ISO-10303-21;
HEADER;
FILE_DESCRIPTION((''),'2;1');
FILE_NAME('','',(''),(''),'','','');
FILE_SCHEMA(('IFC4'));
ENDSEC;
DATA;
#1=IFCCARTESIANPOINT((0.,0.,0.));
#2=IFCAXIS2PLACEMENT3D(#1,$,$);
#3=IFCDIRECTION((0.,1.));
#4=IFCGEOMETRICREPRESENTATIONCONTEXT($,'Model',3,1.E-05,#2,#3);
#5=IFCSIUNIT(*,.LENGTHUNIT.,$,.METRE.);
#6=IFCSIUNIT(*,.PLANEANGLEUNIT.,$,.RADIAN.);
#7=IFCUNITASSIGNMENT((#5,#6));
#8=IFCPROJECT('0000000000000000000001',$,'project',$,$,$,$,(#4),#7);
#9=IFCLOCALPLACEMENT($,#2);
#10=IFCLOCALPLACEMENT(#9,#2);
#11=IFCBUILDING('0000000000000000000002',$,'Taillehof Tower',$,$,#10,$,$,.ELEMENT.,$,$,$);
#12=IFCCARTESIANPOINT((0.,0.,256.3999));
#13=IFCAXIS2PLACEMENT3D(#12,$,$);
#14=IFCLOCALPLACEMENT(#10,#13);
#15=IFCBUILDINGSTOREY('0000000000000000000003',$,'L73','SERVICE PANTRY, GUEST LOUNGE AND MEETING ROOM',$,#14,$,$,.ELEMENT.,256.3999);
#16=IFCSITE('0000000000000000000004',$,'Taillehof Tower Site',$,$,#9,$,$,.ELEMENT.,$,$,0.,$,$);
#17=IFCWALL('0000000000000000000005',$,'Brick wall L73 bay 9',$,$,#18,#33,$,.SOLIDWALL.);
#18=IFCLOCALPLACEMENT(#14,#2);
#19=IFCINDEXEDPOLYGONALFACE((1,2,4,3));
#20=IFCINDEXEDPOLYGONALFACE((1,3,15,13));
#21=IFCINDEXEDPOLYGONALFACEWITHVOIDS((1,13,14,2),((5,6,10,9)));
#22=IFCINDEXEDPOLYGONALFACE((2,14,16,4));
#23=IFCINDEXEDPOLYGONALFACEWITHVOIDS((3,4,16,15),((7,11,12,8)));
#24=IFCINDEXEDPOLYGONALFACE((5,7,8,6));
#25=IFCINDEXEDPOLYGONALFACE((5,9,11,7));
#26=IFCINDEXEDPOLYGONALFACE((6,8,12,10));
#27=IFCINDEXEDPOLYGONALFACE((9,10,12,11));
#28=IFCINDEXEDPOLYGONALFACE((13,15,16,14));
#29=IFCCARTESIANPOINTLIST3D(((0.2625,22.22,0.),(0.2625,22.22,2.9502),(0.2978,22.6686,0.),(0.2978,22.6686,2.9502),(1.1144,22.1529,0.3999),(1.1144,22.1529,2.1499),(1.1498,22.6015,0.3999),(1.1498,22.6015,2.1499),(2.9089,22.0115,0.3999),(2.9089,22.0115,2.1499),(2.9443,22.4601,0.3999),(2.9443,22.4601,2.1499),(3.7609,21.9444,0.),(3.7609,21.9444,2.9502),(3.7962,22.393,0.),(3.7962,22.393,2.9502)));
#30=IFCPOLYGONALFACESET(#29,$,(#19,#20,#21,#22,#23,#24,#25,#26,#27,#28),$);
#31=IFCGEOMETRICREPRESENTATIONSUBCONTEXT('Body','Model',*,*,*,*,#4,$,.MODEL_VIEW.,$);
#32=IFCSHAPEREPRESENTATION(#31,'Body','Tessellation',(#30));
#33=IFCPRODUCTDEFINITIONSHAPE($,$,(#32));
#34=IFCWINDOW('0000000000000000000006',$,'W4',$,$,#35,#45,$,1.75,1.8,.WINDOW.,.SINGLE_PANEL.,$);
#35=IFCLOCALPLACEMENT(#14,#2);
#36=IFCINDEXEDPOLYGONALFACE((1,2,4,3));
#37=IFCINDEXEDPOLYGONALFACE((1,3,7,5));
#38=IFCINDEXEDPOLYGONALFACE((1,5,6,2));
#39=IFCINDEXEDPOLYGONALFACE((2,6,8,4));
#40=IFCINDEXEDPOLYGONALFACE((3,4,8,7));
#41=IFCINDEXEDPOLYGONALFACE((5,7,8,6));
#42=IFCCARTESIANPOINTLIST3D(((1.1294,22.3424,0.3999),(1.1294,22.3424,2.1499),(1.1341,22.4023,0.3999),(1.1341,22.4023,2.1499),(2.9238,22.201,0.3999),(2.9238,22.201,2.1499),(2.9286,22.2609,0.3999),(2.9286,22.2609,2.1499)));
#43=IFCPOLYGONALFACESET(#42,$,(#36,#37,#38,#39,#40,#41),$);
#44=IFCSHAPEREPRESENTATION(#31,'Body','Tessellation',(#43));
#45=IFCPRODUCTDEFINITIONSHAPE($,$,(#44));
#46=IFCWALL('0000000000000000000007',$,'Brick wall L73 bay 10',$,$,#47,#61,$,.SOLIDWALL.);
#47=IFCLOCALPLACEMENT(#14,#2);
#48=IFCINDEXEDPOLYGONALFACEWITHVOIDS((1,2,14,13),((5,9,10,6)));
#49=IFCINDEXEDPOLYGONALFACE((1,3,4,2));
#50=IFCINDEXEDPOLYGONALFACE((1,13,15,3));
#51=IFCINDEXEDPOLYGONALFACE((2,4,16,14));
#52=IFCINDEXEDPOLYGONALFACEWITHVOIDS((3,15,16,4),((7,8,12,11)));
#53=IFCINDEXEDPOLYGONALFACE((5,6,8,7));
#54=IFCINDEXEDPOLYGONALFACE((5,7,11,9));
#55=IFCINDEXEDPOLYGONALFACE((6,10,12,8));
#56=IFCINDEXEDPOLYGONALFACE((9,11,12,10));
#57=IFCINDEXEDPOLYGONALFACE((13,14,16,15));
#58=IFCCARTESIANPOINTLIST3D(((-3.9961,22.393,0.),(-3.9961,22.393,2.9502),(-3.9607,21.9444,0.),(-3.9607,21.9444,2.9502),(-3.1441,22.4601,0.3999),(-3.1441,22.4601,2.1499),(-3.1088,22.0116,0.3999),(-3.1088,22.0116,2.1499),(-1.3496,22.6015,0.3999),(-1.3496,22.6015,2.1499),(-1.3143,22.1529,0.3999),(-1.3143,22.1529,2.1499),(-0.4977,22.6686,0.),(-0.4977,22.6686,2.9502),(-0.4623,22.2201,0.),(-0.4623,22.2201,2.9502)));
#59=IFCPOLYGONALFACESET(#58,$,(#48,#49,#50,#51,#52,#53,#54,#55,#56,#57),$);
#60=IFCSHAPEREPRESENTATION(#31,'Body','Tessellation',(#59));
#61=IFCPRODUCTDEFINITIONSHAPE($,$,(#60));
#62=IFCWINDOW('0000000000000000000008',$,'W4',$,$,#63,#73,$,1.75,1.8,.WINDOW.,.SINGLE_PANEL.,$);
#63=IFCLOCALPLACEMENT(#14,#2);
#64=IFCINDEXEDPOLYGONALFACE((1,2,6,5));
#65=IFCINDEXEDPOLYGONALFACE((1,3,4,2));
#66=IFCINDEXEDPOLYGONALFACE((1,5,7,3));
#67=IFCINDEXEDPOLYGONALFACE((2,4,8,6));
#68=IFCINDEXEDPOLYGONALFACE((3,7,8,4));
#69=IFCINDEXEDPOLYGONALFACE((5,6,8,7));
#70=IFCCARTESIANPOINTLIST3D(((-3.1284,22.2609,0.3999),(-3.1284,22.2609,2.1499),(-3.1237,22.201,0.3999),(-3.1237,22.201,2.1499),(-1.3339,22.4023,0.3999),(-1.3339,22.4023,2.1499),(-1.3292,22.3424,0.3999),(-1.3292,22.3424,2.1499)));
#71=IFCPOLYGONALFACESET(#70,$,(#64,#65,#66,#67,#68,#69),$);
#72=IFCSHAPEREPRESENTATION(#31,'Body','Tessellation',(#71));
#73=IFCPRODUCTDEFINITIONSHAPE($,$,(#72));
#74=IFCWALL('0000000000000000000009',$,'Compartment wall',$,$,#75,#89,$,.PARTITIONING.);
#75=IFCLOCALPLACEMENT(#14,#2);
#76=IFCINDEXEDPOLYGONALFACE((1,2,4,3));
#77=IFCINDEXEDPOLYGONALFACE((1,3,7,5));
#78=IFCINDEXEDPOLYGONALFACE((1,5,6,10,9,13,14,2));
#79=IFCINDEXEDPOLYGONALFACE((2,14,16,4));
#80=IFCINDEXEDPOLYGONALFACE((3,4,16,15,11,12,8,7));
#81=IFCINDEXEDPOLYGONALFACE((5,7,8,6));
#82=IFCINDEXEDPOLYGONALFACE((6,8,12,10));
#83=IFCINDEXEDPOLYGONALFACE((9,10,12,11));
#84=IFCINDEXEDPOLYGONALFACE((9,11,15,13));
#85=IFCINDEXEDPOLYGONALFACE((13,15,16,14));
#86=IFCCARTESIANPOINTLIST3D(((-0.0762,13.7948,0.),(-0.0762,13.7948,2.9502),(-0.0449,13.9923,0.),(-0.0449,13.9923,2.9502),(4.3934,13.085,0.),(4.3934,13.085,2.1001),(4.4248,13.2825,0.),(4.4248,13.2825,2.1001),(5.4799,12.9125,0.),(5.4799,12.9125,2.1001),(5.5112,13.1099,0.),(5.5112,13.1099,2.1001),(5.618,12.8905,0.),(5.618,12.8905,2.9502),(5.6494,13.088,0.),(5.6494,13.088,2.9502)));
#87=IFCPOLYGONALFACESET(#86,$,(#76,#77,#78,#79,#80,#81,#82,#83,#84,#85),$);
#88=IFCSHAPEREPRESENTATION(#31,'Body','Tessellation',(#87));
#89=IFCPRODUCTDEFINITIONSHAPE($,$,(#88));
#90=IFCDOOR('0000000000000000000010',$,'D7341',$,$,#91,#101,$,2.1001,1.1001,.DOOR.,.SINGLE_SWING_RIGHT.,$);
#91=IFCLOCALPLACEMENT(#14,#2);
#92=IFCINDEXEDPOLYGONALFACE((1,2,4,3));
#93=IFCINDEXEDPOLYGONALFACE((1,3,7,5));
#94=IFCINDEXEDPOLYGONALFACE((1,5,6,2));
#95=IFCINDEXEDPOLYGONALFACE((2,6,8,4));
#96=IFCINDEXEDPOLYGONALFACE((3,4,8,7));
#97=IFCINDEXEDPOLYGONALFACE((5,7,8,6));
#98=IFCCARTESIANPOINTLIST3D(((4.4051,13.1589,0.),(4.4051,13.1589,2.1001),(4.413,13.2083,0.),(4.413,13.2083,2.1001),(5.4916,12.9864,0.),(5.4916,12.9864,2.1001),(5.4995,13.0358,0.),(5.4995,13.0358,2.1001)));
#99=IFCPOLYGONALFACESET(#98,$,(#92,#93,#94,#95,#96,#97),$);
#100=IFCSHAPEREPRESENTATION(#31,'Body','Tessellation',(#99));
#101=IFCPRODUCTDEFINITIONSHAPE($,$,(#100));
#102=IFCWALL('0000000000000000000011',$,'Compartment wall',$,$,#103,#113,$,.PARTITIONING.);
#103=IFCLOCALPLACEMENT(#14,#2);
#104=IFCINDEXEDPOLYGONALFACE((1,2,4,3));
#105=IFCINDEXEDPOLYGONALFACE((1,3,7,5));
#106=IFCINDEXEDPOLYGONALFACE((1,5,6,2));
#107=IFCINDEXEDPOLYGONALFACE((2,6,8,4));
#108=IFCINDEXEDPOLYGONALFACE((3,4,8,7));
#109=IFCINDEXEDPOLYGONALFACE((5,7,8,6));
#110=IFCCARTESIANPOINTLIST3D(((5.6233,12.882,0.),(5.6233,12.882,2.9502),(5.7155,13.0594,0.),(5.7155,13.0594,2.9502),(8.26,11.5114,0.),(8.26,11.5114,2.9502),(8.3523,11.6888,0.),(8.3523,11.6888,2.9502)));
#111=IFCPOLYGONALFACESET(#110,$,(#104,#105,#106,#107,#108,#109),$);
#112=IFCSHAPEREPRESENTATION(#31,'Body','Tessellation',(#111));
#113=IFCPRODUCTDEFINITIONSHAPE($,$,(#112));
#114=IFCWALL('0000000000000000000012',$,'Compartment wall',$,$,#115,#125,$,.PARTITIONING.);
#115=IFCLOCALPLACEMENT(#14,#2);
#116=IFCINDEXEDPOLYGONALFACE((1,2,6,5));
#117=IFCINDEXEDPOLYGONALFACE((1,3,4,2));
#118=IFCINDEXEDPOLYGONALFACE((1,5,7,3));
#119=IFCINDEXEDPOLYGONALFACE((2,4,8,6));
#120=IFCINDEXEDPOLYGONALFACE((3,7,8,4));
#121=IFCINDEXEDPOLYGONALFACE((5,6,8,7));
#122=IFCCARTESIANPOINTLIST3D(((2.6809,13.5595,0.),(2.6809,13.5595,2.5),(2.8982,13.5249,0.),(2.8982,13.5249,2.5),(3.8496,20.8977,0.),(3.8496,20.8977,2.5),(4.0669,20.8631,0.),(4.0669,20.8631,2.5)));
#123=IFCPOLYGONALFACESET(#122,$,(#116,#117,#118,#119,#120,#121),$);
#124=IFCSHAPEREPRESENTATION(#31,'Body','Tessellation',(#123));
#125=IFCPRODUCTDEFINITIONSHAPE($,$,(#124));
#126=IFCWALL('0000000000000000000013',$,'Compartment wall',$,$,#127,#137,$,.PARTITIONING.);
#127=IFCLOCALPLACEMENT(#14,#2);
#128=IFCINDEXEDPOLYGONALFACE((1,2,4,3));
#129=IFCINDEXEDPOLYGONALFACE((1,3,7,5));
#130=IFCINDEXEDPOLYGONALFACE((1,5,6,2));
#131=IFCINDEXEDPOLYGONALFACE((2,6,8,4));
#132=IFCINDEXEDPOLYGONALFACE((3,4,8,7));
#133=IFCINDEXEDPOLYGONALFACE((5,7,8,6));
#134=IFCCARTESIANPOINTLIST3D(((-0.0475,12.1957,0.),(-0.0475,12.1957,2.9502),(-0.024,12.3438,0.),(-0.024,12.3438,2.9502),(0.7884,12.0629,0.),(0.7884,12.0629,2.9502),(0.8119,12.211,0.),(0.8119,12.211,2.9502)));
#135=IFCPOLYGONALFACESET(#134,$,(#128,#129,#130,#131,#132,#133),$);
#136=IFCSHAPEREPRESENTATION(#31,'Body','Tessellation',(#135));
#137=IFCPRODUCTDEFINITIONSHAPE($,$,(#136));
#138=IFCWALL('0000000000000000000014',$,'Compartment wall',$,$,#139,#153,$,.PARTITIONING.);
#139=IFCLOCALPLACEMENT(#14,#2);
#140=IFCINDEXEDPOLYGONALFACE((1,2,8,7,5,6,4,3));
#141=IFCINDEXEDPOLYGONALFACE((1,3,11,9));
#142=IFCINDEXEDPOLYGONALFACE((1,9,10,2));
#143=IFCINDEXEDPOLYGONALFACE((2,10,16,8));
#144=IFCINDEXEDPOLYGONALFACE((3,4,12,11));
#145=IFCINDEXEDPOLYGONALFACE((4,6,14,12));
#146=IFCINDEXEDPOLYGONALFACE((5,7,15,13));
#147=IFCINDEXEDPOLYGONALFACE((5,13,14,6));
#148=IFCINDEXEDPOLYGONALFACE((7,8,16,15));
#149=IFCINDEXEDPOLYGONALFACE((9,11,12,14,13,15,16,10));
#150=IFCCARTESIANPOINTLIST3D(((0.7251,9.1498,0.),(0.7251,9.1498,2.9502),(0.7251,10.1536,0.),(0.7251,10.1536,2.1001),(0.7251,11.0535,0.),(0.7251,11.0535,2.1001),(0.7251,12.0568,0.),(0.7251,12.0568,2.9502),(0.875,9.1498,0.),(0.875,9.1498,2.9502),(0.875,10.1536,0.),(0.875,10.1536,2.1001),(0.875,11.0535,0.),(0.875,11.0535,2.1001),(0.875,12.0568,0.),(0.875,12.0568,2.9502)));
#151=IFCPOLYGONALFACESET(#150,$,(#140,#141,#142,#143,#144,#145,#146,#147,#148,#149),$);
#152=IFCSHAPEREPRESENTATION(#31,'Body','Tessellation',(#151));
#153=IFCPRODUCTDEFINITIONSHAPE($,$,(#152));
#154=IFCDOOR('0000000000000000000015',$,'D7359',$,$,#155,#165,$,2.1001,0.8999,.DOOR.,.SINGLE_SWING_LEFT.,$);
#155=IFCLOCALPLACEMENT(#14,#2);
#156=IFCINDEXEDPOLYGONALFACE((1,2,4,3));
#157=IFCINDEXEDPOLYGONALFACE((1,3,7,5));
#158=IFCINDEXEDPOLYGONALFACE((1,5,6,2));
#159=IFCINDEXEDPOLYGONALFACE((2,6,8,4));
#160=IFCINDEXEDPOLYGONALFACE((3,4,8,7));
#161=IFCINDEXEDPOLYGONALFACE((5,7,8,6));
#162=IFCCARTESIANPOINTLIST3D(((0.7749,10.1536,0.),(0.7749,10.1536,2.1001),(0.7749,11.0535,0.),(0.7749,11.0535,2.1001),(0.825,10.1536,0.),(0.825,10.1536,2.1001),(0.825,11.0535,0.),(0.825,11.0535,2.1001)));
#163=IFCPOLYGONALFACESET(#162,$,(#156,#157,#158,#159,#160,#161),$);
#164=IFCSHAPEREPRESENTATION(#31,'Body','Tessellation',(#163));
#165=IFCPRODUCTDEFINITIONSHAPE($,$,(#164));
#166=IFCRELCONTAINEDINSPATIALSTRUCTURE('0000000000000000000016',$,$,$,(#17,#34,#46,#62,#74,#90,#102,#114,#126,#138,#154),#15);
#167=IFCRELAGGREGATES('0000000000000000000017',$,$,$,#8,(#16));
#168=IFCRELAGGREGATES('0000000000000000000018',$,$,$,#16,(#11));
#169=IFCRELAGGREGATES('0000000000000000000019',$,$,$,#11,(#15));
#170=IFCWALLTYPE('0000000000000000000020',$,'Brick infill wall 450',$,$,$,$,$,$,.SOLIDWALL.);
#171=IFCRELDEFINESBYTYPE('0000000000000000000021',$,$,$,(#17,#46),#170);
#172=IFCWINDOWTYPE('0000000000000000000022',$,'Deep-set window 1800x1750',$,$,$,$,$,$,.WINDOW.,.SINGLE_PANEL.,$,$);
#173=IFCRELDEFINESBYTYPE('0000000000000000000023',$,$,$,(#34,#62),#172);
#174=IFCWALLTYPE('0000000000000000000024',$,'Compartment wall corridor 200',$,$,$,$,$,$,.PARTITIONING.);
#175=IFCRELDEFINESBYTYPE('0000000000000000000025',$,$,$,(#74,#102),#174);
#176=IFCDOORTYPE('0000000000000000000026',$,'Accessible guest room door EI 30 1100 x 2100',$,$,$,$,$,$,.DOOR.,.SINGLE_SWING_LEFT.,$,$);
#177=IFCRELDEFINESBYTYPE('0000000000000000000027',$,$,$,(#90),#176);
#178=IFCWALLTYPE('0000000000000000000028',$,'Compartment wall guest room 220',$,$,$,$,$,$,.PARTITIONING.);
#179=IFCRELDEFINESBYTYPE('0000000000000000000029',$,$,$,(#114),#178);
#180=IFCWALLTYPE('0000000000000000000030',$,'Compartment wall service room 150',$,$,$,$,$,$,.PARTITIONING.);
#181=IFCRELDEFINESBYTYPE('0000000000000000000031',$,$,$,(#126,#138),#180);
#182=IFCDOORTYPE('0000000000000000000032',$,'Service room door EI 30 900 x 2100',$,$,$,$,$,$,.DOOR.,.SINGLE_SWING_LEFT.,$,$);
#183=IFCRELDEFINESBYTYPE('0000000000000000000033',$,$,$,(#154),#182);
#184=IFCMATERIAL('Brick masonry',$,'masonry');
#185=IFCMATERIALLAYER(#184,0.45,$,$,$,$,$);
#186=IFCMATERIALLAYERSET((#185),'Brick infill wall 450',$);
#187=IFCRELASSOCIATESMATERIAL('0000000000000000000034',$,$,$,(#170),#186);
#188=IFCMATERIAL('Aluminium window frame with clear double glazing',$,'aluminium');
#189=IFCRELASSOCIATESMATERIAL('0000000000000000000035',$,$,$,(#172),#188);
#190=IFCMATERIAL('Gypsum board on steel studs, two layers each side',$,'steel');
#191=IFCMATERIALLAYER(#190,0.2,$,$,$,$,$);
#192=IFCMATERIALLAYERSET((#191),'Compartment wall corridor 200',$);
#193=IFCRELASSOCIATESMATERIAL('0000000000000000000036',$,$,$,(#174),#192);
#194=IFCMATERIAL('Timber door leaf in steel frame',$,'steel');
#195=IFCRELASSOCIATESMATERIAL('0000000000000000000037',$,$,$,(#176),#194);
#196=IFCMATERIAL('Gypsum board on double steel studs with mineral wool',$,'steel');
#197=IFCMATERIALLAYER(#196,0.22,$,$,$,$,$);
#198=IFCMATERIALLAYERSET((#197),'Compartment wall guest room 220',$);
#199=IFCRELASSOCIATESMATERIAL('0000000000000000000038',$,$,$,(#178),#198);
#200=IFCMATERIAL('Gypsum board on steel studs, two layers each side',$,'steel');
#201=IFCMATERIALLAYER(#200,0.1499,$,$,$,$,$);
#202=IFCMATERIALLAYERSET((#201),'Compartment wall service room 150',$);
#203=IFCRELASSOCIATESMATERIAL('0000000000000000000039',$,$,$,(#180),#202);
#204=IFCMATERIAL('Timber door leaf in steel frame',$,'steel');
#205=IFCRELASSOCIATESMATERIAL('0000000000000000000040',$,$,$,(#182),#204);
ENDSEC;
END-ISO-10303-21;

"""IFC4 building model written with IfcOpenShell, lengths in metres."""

from ifc_helpers import new_model, si_unit, direction, frame, frame_2d, origin, place, context, subcontext, project, spatial, rectangle, extrude, material, layer, layer_set, type_object, element, fill, save


model = new_model("IFC4")

# Units and contexts
model_context = context("Model", 3, precision=1e-05, world=origin(), true_north=direction((0.0, 1.0)))
body_context = subcontext(model_context, "Body", "Model", "MODEL_VIEW")
ifc_project = project(units=[si_unit("LENGTHUNIT", "METRE"), si_unit("PLANEANGLEUNIT", "RADIAN")], contexts=[model_context])

# Site, building, storey
site_placement = place(None, origin())
site = spatial("IfcSite", under=ifc_project, at=site_placement, Name="Taillehof Tower Site", CompositionType="ELEMENT", RefElevation=0.0)
building_placement = place(site_placement, origin())
building = spatial("IfcBuilding", under=site, at=building_placement, Name="Taillehof Tower", CompositionType="ELEMENT")
storey_placement = place(building_placement, frame((0.0, 0.0, 256.3999)))
storey = spatial("IfcBuildingStorey", under=building, at=storey_placement, Name="L73", Description="SERVICE PANTRY, GUEST LOUNGE AND MEETING ROOM", CompositionType="ELEMENT", Elevation=256.3999)

# Walls, openings, windows
ifc_material_1 = material(Name="Brick masonry", Category="masonry")
ifc_layer_1 = layer(ifc_material_1, 0.45)
ifc_layer_set_1 = layer_set([ifc_layer_1], Name="Brick infill wall 450")
wall_type_1 = type_object("IfcWallType", Name="Brick infill wall 450", PredefinedType="SOLIDWALL", material=ifc_layer_set_1)
ifc_material_2 = material(Name="Aluminium window frame with clear double glazing", Category="aluminium")
window_type = type_object("IfcWindowType", Name="Deep-set window 1800x1750", PartitioningType="SINGLE_PANEL", PredefinedType="WINDOW", material=ifc_material_2)
wall_1_placement = place(storey_placement, frame((3.7786, 22.1687, 0.0), z_axis=(0.0, 0.0, 1.0), x_axis=(-0.996911, 0.078542, 0.0)))
wall_1 = element("IfcWall", 1, at=wall_1_placement, inside=storey, type_object=wall_type_1, Name="Brick wall L73 bay 9", PredefinedType="SOLIDWALL", context=body_context, shape_type="SweptSolid", body=[
    extrude(rectangle(XDim=3.5093, YDim=0.45, at=frame_2d((1.7546, 0.0))), origin(), (0.0, 0.0, 1.0), 2.9502),
])
opening_1_placement = place(wall_1_placement, frame((0.8547, 0.0, 0.3999)))
opening_1 = element("IfcOpeningElement", 2, at=opening_1_placement, cuts=wall_1, PredefinedType="OPENING", context=body_context, shape_type="SweptSolid", body=[
    extrude(rectangle(XDim=1.8, YDim=1.75, at=frame_2d((0.8999, 0.875))), frame((0.0, 0.2349, 0.0), z_axis=(0.0, -1.0, 0.0), x_axis=(1.0, 0.0, 0.0)), (0.0, 0.0, 1.0), 0.47),
])
window_1_placement = place(opening_1_placement, origin())
window_1 = element("IfcWindow", 3, at=window_1_placement, inside=storey, type_object=window_type, Name="W4", OverallHeight=1.75, OverallWidth=1.8, PartitioningType="SINGLE_PANEL", PredefinedType="WINDOW", context=body_context, shape_type="SweptSolid", body=[
    extrude(rectangle(XDim=1.8, YDim=1.75, at=frame_2d((0.8999, 0.875))), frame((0.0, 0.0349, 0.0), z_axis=(0.0, -1.0, 0.0), x_axis=(1.0, 0.0, 0.0)), (0.0, 0.0, 1.0), 0.0601),
])
fill(opening_1, window_1)
wall_2_placement = place(storey_placement, frame((-0.48, 22.4443, 0.0), z_axis=(0.0, 0.0, 1.0), x_axis=(-0.996911, -0.078542, 0.0)))
wall_2 = element("IfcWall", 4, at=wall_2_placement, inside=storey, type_object=wall_type_1, Name="Brick wall L73 bay 10", PredefinedType="SOLIDWALL", context=body_context, shape_type="SweptSolid", body=[
    extrude(rectangle(XDim=3.5093, YDim=0.45, at=frame_2d((1.7546, 0.0))), origin(), (0.0, 0.0, 1.0), 2.9502),
])
opening_2_placement = place(wall_2_placement, frame((0.8547, 0.0, 0.3999)))
opening_2 = element("IfcOpeningElement", 5, at=opening_2_placement, cuts=wall_2, PredefinedType="OPENING", context=body_context, shape_type="SweptSolid", body=[
    extrude(rectangle(XDim=1.8, YDim=1.75, at=frame_2d((0.8999, 0.875))), frame((0.0, 0.2349, 0.0), z_axis=(0.0, -1.0, 0.0), x_axis=(1.0, 0.0, 0.0)), (0.0, 0.0, 1.0), 0.47),
])
window_2_placement = place(opening_2_placement, origin())
window_2 = element("IfcWindow", 6, at=window_2_placement, inside=storey, type_object=window_type, Name="W4", OverallHeight=1.75, OverallWidth=1.8, PartitioningType="SINGLE_PANEL", PredefinedType="WINDOW", context=body_context, shape_type="SweptSolid", body=[
    extrude(rectangle(XDim=1.8, YDim=1.75, at=frame_2d((0.8999, 0.875))), frame((0.0, 0.0349, 0.0), z_axis=(0.0, -1.0, 0.0), x_axis=(1.0, 0.0, 0.0)), (0.0, 0.0, 1.0), 0.0601),
])
fill(opening_2, window_2)

# Wall, opening, door
ifc_material_3 = material(Name="Gypsum board on steel studs, two layers each side", Category="steel")
ifc_layer_2 = layer(ifc_material_3, 0.2)
ifc_layer_set_2 = layer_set([ifc_layer_2], Name="Compartment wall corridor 200")
wall_type_2 = type_object("IfcWallType", Name="Compartment wall corridor 200", PredefinedType="PARTITIONING", material=ifc_layer_set_2)
wall_3_placement = place(storey_placement, frame((-0.0605, 13.8936, 0.0), z_axis=(0.0, 0.0, 1.0), x_axis=(0.987624, -0.156841, 0.0)))
wall_3 = element("IfcWall", 7, at=wall_3_placement, inside=storey, type_object=wall_type_2, Name="Compartment wall", PredefinedType="PARTITIONING", context=body_context, shape_type="SweptSolid", body=[
    extrude(rectangle(XDim=5.7656, YDim=0.2, at=frame_2d((2.8828, 0.0))), origin(), (0.0, 0.0, 1.0), 2.9502),
])
opening_3_placement = place(wall_3_placement, frame((4.5256, 0.0, 0.0)))
opening_3 = element("IfcOpeningElement", 8, at=opening_3_placement, cuts=wall_3, PredefinedType="OPENING", context=body_context, shape_type="SweptSolid", body=[
    extrude(rectangle(XDim=1.1001, YDim=2.1001, at=frame_2d((0.55, 1.05))), frame((0.0, 0.1099, 0.0), z_axis=(0.0, -1.0, 0.0), x_axis=(1.0, 0.0, 0.0)), (0.0, 0.0, 1.0), 0.22),
])
ifc_material_4 = material(Name="Timber door leaf in steel frame", Category="steel")
door_type_1 = type_object("IfcDoorType", Name="Accessible guest room door EI 30 1100 x 2100", OperationType="SINGLE_SWING_LEFT", PredefinedType="DOOR", material=ifc_material_4)
door_1_placement = place(opening_3_placement, origin())
door_1 = element("IfcDoor", 9, at=door_1_placement, inside=storey, type_object=door_type_1, Name="D7341", OperationType="SINGLE_SWING_RIGHT", OverallHeight=2.1001, OverallWidth=1.1001, PredefinedType="DOOR", context=body_context, shape_type="SweptSolid", body=[
    extrude(rectangle(XDim=1.1001, YDim=2.1001, at=frame_2d((0.55, 1.05))), frame((0.0, 0.0249, 0.0), z_axis=(0.0, -1.0, 0.0), x_axis=(1.0, 0.0, 0.0)), (0.0, 0.0, 1.0), 0.05),
])
fill(opening_3, door_1)

# Walls
wall_4_placement = place(storey_placement, frame((5.6694, 12.9707, 0.0), z_axis=(0.0, 0.0, 1.0), x_axis=(0.887284, -0.461223, 0.0)))
element("IfcWall", 10, at=wall_4_placement, inside=storey, type_object=wall_type_2, Name="Compartment wall", PredefinedType="PARTITIONING", context=body_context, shape_type="SweptSolid", body=[
    extrude(rectangle(XDim=2.9717, YDim=0.2, at=frame_2d((1.4858, 0.0))), origin(), (0.0, 0.0, 1.0), 2.9502),
])
ifc_material_5 = material(Name="Gypsum board on double steel studs with mineral wool", Category="steel")
ifc_layer_3 = layer(ifc_material_5, 0.22)
ifc_layer_set_3 = layer_set([ifc_layer_3], Name="Compartment wall guest room 220")
wall_type_3 = type_object("IfcWallType", Name="Compartment wall guest room 220", PredefinedType="PARTITIONING", material=ifc_layer_set_3)
wall_5_placement = place(storey_placement, frame((3.9583, 20.8804, 0.0), z_axis=(0.0, 0.0, 1.0), x_axis=(-0.157282, -0.987554, 0.0)))
element("IfcWall", 11, at=wall_5_placement, inside=storey, type_object=wall_type_3, Name="Compartment wall", PredefinedType="PARTITIONING", context=body_context, shape_type="SweptSolid", body=[
    extrude(rectangle(XDim=7.4307, YDim=0.22, at=frame_2d((3.7153, 0.0))), origin(), (0.0, 0.0, 1.0), 2.5),
])
ifc_material_6 = material(Name="Gypsum board on steel studs, two layers each side", Category="steel")
ifc_layer_4 = layer(ifc_material_6, 0.1499)
ifc_layer_set_4 = layer_set([ifc_layer_4], Name="Compartment wall service room 150")
wall_type_4 = type_object("IfcWallType", Name="Compartment wall service room 150", PredefinedType="PARTITIONING", material=ifc_layer_set_4)
wall_6_placement = place(storey_placement, frame((-0.0359, 12.2698, 0.0), z_axis=(0.0, 0.0, 1.0), x_axis=(0.987613, -0.15691, 0.0)))
element("IfcWall", 12, at=wall_6_placement, inside=storey, type_object=wall_type_4, Name="Compartment wall", PredefinedType="PARTITIONING", context=body_context, shape_type="SweptSolid", body=[
    extrude(rectangle(XDim=0.8464, YDim=0.1499, at=frame_2d((0.4233, 0.0))), origin(), (0.0, 0.0, 1.0), 2.9502),
])

# Wall, opening, door
wall_7_placement = place(storey_placement, frame((0.8, 12.0569, 0.0), z_axis=(0.0, 0.0, 1.0), x_axis=(0.0, -1.0, 0.0)))
wall_7 = element("IfcWall", 13, at=wall_7_placement, inside=storey, type_object=wall_type_4, Name="Compartment wall", PredefinedType="PARTITIONING", context=body_context, shape_type="SweptSolid", body=[
    extrude(rectangle(XDim=2.907, YDim=0.1499, at=frame_2d((1.4536, 0.0))), origin(), (0.0, 0.0, 1.0), 2.9502),
])
opening_4_placement = place(wall_7_placement, frame((1.0034, 0.0, 0.0)))
opening_4 = element("IfcOpeningElement", 14, at=opening_4_placement, cuts=wall_7, PredefinedType="OPENING", context=body_context, shape_type="SweptSolid", body=[
    extrude(rectangle(XDim=0.8999, YDim=2.1001, at=frame_2d((0.45, 1.05))), frame((0.0, 0.085, 0.0), z_axis=(0.0, -1.0, 0.0), x_axis=(1.0, 0.0, 0.0)), (0.0, 0.0, 1.0), 0.1699),
])
ifc_material_7 = material(Name="Timber door leaf in steel frame", Category="steel")
door_type_2 = type_object("IfcDoorType", Name="Service room door EI 30 900 x 2100", OperationType="SINGLE_SWING_LEFT", PredefinedType="DOOR", material=ifc_material_7)
door_2_placement = place(opening_4_placement, origin())
door_2 = element("IfcDoor", 15, at=door_2_placement, inside=storey, type_object=door_type_2, Name="D7359", OperationType="SINGLE_SWING_LEFT", OverallHeight=2.1001, OverallWidth=0.8999, PredefinedType="DOOR", context=body_context, shape_type="SweptSolid", body=[
    extrude(rectangle(XDim=0.8999, YDim=2.1001, at=frame_2d((0.45, 1.05))), frame((0.0, 0.0249, 0.0), z_axis=(0.0, -1.0, 0.0), x_axis=(1.0, 0.0, 0.0)), (0.0, 0.0, 1.0), 0.05),
])
fill(opening_4, door_2)

save(model, "model.ifc")
